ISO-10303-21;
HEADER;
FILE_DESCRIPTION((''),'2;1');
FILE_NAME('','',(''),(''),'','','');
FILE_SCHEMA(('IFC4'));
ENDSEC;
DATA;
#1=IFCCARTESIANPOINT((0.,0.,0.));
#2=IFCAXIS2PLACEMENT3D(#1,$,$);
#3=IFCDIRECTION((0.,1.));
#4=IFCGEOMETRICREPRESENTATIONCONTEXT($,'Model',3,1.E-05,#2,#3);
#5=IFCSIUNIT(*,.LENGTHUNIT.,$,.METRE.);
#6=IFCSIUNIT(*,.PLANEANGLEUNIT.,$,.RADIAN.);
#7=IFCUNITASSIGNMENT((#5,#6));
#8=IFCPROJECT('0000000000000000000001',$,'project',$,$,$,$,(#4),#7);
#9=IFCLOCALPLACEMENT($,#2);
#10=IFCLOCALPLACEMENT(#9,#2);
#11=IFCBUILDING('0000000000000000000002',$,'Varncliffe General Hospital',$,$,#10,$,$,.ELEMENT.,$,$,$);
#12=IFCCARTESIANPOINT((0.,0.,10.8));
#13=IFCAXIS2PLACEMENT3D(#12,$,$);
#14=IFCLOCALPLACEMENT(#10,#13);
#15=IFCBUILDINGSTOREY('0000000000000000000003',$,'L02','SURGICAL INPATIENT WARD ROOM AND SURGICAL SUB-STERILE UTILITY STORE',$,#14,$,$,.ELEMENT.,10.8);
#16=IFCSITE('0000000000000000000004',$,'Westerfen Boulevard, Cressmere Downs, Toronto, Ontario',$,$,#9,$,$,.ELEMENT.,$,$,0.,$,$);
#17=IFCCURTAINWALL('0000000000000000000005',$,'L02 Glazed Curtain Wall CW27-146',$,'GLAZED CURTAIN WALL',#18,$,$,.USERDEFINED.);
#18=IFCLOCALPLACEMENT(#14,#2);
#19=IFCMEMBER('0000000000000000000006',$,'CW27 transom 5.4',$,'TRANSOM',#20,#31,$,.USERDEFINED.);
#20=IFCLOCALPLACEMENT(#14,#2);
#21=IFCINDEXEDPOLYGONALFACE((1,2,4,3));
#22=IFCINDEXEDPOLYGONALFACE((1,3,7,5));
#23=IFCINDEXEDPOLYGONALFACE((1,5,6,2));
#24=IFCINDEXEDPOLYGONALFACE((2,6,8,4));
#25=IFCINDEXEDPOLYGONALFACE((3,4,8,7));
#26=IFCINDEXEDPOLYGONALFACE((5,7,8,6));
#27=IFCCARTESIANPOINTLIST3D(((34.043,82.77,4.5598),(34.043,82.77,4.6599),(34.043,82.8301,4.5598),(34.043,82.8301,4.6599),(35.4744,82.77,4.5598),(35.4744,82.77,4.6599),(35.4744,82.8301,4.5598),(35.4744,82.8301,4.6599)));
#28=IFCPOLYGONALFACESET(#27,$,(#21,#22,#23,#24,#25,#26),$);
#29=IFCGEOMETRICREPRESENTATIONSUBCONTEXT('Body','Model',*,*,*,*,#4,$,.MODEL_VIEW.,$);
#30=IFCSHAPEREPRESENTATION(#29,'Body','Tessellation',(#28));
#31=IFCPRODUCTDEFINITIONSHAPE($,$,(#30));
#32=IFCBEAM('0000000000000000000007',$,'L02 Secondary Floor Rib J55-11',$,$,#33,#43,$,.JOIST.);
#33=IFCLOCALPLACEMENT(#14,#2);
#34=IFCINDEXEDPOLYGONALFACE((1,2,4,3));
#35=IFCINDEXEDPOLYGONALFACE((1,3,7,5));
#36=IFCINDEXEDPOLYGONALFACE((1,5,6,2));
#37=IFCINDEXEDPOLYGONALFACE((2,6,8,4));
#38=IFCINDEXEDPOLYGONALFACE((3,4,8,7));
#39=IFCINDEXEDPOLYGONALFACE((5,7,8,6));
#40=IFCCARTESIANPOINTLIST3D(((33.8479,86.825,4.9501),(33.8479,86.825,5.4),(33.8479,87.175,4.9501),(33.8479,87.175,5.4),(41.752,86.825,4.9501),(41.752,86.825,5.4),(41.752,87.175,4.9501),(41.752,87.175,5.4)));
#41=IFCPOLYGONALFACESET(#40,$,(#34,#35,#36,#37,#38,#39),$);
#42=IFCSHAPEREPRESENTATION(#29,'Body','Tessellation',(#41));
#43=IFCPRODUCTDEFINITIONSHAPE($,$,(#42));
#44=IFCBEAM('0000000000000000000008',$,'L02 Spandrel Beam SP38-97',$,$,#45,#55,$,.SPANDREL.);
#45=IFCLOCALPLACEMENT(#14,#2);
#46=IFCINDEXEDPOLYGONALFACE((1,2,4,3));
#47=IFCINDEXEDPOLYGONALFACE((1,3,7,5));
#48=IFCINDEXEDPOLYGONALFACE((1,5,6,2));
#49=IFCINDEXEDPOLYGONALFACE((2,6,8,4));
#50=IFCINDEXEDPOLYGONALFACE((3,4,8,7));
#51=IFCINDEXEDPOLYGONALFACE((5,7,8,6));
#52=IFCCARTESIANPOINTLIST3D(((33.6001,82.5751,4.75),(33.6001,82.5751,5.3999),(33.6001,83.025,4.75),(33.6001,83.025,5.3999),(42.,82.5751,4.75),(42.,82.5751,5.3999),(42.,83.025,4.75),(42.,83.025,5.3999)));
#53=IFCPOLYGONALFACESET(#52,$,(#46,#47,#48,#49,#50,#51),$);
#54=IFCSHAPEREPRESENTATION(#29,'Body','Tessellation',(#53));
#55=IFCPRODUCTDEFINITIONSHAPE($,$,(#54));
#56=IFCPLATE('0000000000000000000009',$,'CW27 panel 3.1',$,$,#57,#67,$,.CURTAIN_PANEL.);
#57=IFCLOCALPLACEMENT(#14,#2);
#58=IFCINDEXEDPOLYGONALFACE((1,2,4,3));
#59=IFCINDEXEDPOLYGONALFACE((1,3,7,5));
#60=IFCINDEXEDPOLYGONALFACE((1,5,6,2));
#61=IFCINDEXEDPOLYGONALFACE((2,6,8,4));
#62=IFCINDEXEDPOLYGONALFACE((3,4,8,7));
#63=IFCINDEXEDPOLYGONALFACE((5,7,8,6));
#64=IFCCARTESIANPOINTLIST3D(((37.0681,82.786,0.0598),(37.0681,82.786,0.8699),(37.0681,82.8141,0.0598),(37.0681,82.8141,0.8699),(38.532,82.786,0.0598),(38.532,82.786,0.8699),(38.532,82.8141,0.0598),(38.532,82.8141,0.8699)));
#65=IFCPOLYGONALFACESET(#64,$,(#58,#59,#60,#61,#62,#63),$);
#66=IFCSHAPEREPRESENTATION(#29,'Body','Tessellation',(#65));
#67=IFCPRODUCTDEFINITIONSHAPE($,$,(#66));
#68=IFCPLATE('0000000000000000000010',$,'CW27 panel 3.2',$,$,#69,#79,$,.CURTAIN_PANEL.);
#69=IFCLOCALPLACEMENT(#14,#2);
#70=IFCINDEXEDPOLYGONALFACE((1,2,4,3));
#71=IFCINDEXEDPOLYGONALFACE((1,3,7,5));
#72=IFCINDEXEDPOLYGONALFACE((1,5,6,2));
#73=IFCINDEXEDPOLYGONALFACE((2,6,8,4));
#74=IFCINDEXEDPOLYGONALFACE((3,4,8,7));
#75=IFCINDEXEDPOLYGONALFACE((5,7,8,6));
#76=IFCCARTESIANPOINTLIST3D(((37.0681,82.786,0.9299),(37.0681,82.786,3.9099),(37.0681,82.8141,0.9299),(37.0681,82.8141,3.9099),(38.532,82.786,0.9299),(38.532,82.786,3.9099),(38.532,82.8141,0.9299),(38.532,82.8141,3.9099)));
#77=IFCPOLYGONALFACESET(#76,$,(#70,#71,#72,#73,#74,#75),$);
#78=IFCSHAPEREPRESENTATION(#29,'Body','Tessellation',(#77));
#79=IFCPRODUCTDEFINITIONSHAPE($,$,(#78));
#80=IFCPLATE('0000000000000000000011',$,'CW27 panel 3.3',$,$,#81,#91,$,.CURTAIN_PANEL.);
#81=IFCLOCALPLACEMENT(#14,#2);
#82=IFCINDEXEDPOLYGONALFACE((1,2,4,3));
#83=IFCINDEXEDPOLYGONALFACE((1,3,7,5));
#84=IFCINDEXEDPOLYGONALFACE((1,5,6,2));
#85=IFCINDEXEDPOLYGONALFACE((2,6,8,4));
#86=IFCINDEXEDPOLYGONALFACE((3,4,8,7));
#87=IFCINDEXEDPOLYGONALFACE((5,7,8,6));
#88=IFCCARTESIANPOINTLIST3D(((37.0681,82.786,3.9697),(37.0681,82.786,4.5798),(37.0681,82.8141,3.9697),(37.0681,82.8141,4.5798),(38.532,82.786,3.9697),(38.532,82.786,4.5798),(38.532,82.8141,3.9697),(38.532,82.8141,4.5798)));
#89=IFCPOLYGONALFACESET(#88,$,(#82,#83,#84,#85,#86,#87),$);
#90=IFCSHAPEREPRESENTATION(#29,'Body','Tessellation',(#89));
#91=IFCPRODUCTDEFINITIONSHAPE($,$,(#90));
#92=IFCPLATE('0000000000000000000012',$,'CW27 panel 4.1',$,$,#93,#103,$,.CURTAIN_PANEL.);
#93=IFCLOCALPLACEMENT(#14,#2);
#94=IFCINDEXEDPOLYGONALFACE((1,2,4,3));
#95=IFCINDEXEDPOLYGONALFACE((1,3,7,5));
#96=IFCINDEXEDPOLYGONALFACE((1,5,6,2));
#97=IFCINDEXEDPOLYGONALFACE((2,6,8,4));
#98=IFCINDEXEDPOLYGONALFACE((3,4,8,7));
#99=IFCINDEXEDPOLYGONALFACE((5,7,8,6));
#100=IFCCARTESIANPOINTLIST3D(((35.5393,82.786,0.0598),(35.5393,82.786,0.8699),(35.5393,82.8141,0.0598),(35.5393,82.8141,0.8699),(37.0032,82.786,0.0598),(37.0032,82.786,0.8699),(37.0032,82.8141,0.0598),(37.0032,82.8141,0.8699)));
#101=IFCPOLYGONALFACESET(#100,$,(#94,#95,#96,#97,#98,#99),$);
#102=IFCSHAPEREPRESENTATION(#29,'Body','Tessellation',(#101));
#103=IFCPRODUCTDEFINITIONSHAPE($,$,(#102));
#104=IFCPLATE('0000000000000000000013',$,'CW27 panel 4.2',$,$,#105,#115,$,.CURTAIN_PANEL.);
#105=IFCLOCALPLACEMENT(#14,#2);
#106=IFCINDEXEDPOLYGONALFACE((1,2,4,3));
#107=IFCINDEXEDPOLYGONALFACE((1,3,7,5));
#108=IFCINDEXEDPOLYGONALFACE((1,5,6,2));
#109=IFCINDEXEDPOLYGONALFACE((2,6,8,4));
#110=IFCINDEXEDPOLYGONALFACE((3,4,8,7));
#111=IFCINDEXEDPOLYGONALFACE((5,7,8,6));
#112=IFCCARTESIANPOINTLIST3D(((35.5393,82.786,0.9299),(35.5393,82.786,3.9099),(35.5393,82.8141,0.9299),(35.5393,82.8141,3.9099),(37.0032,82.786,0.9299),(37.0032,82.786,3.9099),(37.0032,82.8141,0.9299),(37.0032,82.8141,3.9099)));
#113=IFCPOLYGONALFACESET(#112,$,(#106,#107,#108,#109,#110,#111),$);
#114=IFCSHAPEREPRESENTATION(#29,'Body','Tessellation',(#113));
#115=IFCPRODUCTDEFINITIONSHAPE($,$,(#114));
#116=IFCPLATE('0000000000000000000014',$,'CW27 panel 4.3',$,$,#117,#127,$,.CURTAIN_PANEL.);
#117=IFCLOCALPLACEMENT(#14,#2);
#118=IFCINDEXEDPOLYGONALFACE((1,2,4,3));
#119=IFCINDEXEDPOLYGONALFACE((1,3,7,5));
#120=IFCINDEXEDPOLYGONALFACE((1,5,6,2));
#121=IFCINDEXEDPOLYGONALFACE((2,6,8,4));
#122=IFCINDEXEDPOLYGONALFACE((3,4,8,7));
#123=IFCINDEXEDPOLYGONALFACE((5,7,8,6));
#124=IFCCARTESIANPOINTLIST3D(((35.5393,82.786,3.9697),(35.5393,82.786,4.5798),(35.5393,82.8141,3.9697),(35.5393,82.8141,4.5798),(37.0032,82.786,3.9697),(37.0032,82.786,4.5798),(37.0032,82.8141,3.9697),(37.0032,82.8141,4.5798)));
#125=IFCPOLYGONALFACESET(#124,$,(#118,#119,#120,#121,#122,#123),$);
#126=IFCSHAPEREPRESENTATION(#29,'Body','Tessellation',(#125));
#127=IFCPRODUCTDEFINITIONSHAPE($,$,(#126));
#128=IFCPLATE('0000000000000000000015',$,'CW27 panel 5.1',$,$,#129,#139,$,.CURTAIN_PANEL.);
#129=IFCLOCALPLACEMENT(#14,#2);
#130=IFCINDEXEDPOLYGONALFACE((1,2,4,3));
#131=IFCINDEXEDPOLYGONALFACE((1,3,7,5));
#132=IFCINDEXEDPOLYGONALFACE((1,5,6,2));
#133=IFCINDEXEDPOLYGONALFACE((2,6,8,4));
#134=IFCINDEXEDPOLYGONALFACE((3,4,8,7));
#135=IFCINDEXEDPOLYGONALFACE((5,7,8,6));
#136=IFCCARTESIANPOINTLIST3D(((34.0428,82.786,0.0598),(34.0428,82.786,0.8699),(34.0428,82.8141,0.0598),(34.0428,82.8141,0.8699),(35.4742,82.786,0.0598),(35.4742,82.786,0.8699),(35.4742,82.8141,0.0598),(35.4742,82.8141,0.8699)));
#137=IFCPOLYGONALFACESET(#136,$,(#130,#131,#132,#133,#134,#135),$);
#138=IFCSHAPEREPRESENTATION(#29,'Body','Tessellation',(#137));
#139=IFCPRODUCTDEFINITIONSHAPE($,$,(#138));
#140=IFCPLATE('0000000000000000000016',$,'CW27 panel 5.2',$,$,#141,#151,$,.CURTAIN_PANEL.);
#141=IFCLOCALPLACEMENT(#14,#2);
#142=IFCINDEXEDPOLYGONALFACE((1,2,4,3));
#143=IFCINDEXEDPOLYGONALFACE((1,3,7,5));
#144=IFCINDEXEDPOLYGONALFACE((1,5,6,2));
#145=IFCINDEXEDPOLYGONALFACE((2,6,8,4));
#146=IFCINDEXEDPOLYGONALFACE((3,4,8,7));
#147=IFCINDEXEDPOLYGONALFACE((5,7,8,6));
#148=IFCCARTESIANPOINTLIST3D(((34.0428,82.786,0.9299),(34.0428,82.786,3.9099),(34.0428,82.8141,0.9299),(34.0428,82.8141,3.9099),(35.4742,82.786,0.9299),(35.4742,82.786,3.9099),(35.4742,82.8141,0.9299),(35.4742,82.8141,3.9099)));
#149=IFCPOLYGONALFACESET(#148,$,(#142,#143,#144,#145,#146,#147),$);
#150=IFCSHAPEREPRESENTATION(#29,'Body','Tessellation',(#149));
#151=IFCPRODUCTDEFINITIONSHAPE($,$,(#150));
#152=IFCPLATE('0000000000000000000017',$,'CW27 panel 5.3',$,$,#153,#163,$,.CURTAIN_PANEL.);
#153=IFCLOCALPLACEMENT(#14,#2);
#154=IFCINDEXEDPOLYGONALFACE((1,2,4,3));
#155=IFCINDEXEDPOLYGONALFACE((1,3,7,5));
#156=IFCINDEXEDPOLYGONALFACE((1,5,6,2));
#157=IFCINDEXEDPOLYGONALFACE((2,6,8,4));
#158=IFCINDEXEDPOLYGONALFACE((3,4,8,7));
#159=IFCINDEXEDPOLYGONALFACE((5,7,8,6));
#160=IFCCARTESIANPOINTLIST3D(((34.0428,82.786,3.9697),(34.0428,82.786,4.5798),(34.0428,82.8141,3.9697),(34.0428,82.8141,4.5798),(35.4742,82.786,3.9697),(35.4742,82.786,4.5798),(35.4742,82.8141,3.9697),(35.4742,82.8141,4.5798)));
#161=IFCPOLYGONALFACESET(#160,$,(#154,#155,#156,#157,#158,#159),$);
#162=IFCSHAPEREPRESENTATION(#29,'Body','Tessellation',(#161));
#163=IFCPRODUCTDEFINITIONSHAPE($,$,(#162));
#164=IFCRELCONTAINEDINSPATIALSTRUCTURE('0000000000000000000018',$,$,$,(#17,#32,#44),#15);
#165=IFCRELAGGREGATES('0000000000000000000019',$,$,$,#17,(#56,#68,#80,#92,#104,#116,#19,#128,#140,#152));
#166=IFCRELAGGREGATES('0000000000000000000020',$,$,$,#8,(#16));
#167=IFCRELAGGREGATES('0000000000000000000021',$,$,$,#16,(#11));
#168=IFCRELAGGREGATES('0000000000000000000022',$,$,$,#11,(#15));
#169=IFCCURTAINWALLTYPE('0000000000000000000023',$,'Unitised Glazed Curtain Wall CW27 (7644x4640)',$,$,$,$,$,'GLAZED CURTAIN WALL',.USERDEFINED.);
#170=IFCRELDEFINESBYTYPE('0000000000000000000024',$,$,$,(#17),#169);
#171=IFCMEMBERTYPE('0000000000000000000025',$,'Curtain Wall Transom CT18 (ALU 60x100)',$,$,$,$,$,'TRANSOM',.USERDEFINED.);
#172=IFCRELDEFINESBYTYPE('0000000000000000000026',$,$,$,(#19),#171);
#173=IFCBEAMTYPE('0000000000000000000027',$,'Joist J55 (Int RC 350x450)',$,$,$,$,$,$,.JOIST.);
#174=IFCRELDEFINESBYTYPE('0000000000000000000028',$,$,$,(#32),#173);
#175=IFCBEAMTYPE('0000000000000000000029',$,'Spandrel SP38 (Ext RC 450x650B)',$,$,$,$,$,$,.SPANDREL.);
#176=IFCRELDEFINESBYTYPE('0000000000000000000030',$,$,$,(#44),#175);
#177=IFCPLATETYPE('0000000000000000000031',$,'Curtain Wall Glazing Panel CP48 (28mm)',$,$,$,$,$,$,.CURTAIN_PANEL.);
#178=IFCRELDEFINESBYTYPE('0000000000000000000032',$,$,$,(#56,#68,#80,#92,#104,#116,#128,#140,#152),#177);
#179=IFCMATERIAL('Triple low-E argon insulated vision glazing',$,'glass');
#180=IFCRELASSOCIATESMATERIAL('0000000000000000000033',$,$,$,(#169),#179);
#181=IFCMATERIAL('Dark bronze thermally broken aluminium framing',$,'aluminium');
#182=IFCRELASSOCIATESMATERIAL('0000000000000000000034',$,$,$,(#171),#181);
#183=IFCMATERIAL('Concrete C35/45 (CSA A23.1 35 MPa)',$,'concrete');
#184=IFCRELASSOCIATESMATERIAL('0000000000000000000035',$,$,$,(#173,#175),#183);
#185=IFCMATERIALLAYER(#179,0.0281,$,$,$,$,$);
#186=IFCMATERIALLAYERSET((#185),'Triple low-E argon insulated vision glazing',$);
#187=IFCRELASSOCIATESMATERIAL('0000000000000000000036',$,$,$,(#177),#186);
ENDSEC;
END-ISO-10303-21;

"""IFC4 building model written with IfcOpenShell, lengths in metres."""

from ifc_helpers import new_model, si_unit, direction, frame, origin, origin_2d, place, context, subcontext, project, spatial, rectangle, extrude, material, layer, layer_set, material_profile, profile_set, type_object, element, aggregate, save


model = new_model("IFC4")

# Units and contexts
model_context = context("Model", 3, precision=1e-05, world=origin(), true_north=direction((0.0, 1.0)))
body_context = subcontext(model_context, "Body", "Model", "MODEL_VIEW")
ifc_project = project(units=[si_unit("LENGTHUNIT", "METRE"), si_unit("PLANEANGLEUNIT", "RADIAN")], contexts=[model_context])

# Site, building, storey
site_placement = place(None, origin())
site = spatial("IfcSite", under=ifc_project, at=site_placement, Name="Westerfen Boulevard, Cressmere Downs, Toronto, Ontario", CompositionType="ELEMENT", RefElevation=0.0)
building_placement = place(site_placement, origin())
building = spatial("IfcBuilding", under=site, at=building_placement, Name="Varncliffe General Hospital", CompositionType="ELEMENT")
storey_placement = place(building_placement, frame((0.0, 0.0, 10.8)))
storey = spatial("IfcBuildingStorey", under=building, at=storey_placement, Name="L02", Description="SURGICAL INPATIENT WARD ROOM AND SURGICAL SUB-STERILE UTILITY STORE", CompositionType="ELEMENT", Elevation=10.8)

# Shared definitions
ifc_material_1 = material(Name="Concrete C35/45 (CSA A23.1 35 MPa)", Category="concrete")

# Curtain wall
ifc_material_2 = material(Name="Triple low-E argon insulated vision glazing", Category="glass")
curtain_wall_type_1 = type_object("IfcCurtainWallType", Name="Unitised Glazed Curtain Wall CW27 (7644x4640)", ElementType="GLAZED CURTAIN WALL", PredefinedType="USERDEFINED", material=ifc_material_2)
curtain_wall_1_placement = place(storey_placement, origin())
curtain_wall_1 = element("IfcCurtainWall", 1, at=curtain_wall_1_placement, inside=storey, type_object=curtain_wall_type_1, Name="L02 Glazed Curtain Wall CW27-146", ObjectType="GLAZED CURTAIN WALL", PredefinedType="USERDEFINED")
ifc_material_3 = material(Name="Dark bronze thermally broken aluminium framing", Category="aluminium")

# Member
ifc_material_profile_1 = material_profile(ifc_material_3, rectangle(XDim=0.0601, YDim=0.1001, at=origin_2d()), Name="ALU 60x100")
ifc_profile_set_1 = profile_set([ifc_material_profile_1], Name="Dark bronze thermally broken aluminium framing")
member_type_1 = type_object("IfcMemberType", Name="Curtain Wall Transom CT18 (ALU 60x100)", ElementType="TRANSOM", PredefinedType="USERDEFINED", material=ifc_profile_set_1)
member_1_placement = place(storey_placement, frame((35.4744, 82.8, 4.6099), z_axis=(-1.0, 0.0, 0.0), x_axis=(0.0, -1.0, 0.0)))
member_1 = element("IfcMember", 2, at=member_1_placement, type_object=member_type_1, Name="CW27 transom 5.4", ObjectType="TRANSOM", PredefinedType="USERDEFINED", context=body_context, shape_type="SweptSolid", body=[
    extrude(rectangle(XDim=0.0601, YDim=0.1001, at=origin_2d()), origin(), (0.0, 0.0, 1.0), 1.4314),
])

# Beams
ifc_material_profile_2 = material_profile(ifc_material_1, rectangle(XDim=0.3501, YDim=0.45, at=origin_2d()), Name="RC 350x450")
ifc_profile_set_2 = profile_set([ifc_material_profile_2], Name="Concrete C35/45 (CSA A23.1 35 MPa)")
beam_type_1 = type_object("IfcBeamType", Name="Joist J55 (Int RC 350x450)", PredefinedType="JOIST", material=ifc_profile_set_2)
beam_1_placement = place(storey_placement, frame((33.8479, 87.0, 5.175), z_axis=(1.0, 0.0, 0.0), x_axis=(0.0, 1.0, 0.0)))
element("IfcBeam", 3, at=beam_1_placement, inside=storey, type_object=beam_type_1, Name="L02 Secondary Floor Rib J55-11", PredefinedType="JOIST", context=body_context, shape_type="SweptSolid", body=[
    extrude(rectangle(XDim=0.3501, YDim=0.45, at=origin_2d()), origin(), (0.0, 0.0, 1.0), 7.9041),
])
ifc_material_profile_3 = material_profile(ifc_material_1, rectangle(XDim=0.45, YDim=0.6499, at=origin_2d()), Name="RC 450x650")
ifc_profile_set_3 = profile_set([ifc_material_profile_3], Name="Concrete C35/45 (CSA A23.1 35 MPa)")
beam_type_2 = type_object("IfcBeamType", Name="Spandrel SP38 (Ext RC 450x650B)", PredefinedType="SPANDREL", material=ifc_profile_set_3)
beam_2_placement = place(storey_placement, frame((33.6001, 82.8, 5.075), z_axis=(1.0, 0.0, 0.0), x_axis=(0.0, 1.0, 0.0)))
element("IfcBeam", 4, at=beam_2_placement, inside=storey, type_object=beam_type_2, Name="L02 Spandrel Beam SP38-97", PredefinedType="SPANDREL", context=body_context, shape_type="SweptSolid", body=[
    extrude(rectangle(XDim=0.45, YDim=0.6499, at=origin_2d()), origin(), (0.0, 0.0, 1.0), 8.3999),
])

# Plates
ifc_layer = layer(ifc_material_2, 0.0281)
ifc_layer_set = layer_set([ifc_layer], Name="Triple low-E argon insulated vision glazing")
plate_type = type_object("IfcPlateType", Name="Curtain Wall Glazing Panel CP48 (28mm)", PredefinedType="CURTAIN_PANEL", material=ifc_layer_set)
plate_1_placement = place(storey_placement, frame((37.8, 82.8, 0.0598), z_axis=(0.0, 0.0, 1.0), x_axis=(-1.0, 0.0, 0.0)))
plate_1 = element("IfcPlate", 5, at=plate_1_placement, type_object=plate_type, Name="CW27 panel 3.1", PredefinedType="CURTAIN_PANEL", context=body_context, shape_type="SweptSolid", body=[
    extrude(rectangle(XDim=1.4639, YDim=0.0281, at=origin_2d()), origin(), (0.0, 0.0, 1.0), 0.8101),
])
plate_2_placement = place(storey_placement, frame((37.8, 82.8, 0.9299), z_axis=(0.0, 0.0, 1.0), x_axis=(-1.0, 0.0, 0.0)))
plate_2 = element("IfcPlate", 6, at=plate_2_placement, type_object=plate_type, Name="CW27 panel 3.2", PredefinedType="CURTAIN_PANEL", context=body_context, shape_type="SweptSolid", body=[
    extrude(rectangle(XDim=1.4639, YDim=0.0281, at=origin_2d()), origin(), (0.0, 0.0, 1.0), 2.98),
])
plate_3_placement = place(storey_placement, frame((37.8, 82.8, 3.9697), z_axis=(0.0, 0.0, 1.0), x_axis=(-1.0, 0.0, 0.0)))
plate_3 = element("IfcPlate", 7, at=plate_3_placement, type_object=plate_type, Name="CW27 panel 3.3", PredefinedType="CURTAIN_PANEL", context=body_context, shape_type="SweptSolid", body=[
    extrude(rectangle(XDim=1.4639, YDim=0.0281, at=origin_2d()), origin(), (0.0, 0.0, 1.0), 0.6101),
])
plate_4_placement = place(storey_placement, frame((36.2712, 82.8, 0.0598), z_axis=(0.0, 0.0, 1.0), x_axis=(-1.0, 0.0, 0.0)))
plate_4 = element("IfcPlate", 8, at=plate_4_placement, type_object=plate_type, Name="CW27 panel 4.1", PredefinedType="CURTAIN_PANEL", context=body_context, shape_type="SweptSolid", body=[
    extrude(rectangle(XDim=1.4639, YDim=0.0281, at=origin_2d()), origin(), (0.0, 0.0, 1.0), 0.8101),
])
plate_5_placement = place(storey_placement, frame((36.2712, 82.8, 0.9299), z_axis=(0.0, 0.0, 1.0), x_axis=(-1.0, 0.0, 0.0)))
plate_5 = element("IfcPlate", 9, at=plate_5_placement, type_object=plate_type, Name="CW27 panel 4.2", PredefinedType="CURTAIN_PANEL", context=body_context, shape_type="SweptSolid", body=[
    extrude(rectangle(XDim=1.4639, YDim=0.0281, at=origin_2d()), origin(), (0.0, 0.0, 1.0), 2.98),
])
plate_6_placement = place(storey_placement, frame((36.2712, 82.8, 3.9697), z_axis=(0.0, 0.0, 1.0), x_axis=(-1.0, 0.0, 0.0)))
plate_6 = element("IfcPlate", 10, at=plate_6_placement, type_object=plate_type, Name="CW27 panel 4.3", PredefinedType="CURTAIN_PANEL", context=body_context, shape_type="SweptSolid", body=[
    extrude(rectangle(XDim=1.4639, YDim=0.0281, at=origin_2d()), origin(), (0.0, 0.0, 1.0), 0.6101),
])
plate_7_placement = place(storey_placement, frame((34.7585, 82.8, 0.0598), z_axis=(0.0, 0.0, 1.0), x_axis=(-1.0, 0.0, 0.0)))
plate_7 = element("IfcPlate", 11, at=plate_7_placement, type_object=plate_type, Name="CW27 panel 5.1", PredefinedType="CURTAIN_PANEL", context=body_context, shape_type="SweptSolid", body=[
    extrude(rectangle(XDim=1.4314, YDim=0.0281, at=origin_2d()), origin(), (0.0, 0.0, 1.0), 0.8101),
])
plate_8_placement = place(storey_placement, frame((34.7585, 82.8, 0.9299), z_axis=(0.0, 0.0, 1.0), x_axis=(-1.0, 0.0, 0.0)))
plate_8 = element("IfcPlate", 12, at=plate_8_placement, type_object=plate_type, Name="CW27 panel 5.2", PredefinedType="CURTAIN_PANEL", context=body_context, shape_type="SweptSolid", body=[
    extrude(rectangle(XDim=1.4314, YDim=0.0281, at=origin_2d()), origin(), (0.0, 0.0, 1.0), 2.98),
])
plate_9_placement = place(storey_placement, frame((34.7585, 82.8, 3.9697), z_axis=(0.0, 0.0, 1.0), x_axis=(-1.0, 0.0, 0.0)))
plate_9 = element("IfcPlate", 13, at=plate_9_placement, type_object=plate_type, Name="CW27 panel 5.3", PredefinedType="CURTAIN_PANEL", context=body_context, shape_type="SweptSolid", body=[
    extrude(rectangle(XDim=1.4314, YDim=0.0281, at=origin_2d()), origin(), (0.0, 0.0, 1.0), 0.6101),
])
aggregate(curtain_wall_1, [plate_1, plate_2, plate_3, plate_4, plate_5, plate_6, member_1, plate_7, plate_8, plate_9])

save(model, "model.ifc")
